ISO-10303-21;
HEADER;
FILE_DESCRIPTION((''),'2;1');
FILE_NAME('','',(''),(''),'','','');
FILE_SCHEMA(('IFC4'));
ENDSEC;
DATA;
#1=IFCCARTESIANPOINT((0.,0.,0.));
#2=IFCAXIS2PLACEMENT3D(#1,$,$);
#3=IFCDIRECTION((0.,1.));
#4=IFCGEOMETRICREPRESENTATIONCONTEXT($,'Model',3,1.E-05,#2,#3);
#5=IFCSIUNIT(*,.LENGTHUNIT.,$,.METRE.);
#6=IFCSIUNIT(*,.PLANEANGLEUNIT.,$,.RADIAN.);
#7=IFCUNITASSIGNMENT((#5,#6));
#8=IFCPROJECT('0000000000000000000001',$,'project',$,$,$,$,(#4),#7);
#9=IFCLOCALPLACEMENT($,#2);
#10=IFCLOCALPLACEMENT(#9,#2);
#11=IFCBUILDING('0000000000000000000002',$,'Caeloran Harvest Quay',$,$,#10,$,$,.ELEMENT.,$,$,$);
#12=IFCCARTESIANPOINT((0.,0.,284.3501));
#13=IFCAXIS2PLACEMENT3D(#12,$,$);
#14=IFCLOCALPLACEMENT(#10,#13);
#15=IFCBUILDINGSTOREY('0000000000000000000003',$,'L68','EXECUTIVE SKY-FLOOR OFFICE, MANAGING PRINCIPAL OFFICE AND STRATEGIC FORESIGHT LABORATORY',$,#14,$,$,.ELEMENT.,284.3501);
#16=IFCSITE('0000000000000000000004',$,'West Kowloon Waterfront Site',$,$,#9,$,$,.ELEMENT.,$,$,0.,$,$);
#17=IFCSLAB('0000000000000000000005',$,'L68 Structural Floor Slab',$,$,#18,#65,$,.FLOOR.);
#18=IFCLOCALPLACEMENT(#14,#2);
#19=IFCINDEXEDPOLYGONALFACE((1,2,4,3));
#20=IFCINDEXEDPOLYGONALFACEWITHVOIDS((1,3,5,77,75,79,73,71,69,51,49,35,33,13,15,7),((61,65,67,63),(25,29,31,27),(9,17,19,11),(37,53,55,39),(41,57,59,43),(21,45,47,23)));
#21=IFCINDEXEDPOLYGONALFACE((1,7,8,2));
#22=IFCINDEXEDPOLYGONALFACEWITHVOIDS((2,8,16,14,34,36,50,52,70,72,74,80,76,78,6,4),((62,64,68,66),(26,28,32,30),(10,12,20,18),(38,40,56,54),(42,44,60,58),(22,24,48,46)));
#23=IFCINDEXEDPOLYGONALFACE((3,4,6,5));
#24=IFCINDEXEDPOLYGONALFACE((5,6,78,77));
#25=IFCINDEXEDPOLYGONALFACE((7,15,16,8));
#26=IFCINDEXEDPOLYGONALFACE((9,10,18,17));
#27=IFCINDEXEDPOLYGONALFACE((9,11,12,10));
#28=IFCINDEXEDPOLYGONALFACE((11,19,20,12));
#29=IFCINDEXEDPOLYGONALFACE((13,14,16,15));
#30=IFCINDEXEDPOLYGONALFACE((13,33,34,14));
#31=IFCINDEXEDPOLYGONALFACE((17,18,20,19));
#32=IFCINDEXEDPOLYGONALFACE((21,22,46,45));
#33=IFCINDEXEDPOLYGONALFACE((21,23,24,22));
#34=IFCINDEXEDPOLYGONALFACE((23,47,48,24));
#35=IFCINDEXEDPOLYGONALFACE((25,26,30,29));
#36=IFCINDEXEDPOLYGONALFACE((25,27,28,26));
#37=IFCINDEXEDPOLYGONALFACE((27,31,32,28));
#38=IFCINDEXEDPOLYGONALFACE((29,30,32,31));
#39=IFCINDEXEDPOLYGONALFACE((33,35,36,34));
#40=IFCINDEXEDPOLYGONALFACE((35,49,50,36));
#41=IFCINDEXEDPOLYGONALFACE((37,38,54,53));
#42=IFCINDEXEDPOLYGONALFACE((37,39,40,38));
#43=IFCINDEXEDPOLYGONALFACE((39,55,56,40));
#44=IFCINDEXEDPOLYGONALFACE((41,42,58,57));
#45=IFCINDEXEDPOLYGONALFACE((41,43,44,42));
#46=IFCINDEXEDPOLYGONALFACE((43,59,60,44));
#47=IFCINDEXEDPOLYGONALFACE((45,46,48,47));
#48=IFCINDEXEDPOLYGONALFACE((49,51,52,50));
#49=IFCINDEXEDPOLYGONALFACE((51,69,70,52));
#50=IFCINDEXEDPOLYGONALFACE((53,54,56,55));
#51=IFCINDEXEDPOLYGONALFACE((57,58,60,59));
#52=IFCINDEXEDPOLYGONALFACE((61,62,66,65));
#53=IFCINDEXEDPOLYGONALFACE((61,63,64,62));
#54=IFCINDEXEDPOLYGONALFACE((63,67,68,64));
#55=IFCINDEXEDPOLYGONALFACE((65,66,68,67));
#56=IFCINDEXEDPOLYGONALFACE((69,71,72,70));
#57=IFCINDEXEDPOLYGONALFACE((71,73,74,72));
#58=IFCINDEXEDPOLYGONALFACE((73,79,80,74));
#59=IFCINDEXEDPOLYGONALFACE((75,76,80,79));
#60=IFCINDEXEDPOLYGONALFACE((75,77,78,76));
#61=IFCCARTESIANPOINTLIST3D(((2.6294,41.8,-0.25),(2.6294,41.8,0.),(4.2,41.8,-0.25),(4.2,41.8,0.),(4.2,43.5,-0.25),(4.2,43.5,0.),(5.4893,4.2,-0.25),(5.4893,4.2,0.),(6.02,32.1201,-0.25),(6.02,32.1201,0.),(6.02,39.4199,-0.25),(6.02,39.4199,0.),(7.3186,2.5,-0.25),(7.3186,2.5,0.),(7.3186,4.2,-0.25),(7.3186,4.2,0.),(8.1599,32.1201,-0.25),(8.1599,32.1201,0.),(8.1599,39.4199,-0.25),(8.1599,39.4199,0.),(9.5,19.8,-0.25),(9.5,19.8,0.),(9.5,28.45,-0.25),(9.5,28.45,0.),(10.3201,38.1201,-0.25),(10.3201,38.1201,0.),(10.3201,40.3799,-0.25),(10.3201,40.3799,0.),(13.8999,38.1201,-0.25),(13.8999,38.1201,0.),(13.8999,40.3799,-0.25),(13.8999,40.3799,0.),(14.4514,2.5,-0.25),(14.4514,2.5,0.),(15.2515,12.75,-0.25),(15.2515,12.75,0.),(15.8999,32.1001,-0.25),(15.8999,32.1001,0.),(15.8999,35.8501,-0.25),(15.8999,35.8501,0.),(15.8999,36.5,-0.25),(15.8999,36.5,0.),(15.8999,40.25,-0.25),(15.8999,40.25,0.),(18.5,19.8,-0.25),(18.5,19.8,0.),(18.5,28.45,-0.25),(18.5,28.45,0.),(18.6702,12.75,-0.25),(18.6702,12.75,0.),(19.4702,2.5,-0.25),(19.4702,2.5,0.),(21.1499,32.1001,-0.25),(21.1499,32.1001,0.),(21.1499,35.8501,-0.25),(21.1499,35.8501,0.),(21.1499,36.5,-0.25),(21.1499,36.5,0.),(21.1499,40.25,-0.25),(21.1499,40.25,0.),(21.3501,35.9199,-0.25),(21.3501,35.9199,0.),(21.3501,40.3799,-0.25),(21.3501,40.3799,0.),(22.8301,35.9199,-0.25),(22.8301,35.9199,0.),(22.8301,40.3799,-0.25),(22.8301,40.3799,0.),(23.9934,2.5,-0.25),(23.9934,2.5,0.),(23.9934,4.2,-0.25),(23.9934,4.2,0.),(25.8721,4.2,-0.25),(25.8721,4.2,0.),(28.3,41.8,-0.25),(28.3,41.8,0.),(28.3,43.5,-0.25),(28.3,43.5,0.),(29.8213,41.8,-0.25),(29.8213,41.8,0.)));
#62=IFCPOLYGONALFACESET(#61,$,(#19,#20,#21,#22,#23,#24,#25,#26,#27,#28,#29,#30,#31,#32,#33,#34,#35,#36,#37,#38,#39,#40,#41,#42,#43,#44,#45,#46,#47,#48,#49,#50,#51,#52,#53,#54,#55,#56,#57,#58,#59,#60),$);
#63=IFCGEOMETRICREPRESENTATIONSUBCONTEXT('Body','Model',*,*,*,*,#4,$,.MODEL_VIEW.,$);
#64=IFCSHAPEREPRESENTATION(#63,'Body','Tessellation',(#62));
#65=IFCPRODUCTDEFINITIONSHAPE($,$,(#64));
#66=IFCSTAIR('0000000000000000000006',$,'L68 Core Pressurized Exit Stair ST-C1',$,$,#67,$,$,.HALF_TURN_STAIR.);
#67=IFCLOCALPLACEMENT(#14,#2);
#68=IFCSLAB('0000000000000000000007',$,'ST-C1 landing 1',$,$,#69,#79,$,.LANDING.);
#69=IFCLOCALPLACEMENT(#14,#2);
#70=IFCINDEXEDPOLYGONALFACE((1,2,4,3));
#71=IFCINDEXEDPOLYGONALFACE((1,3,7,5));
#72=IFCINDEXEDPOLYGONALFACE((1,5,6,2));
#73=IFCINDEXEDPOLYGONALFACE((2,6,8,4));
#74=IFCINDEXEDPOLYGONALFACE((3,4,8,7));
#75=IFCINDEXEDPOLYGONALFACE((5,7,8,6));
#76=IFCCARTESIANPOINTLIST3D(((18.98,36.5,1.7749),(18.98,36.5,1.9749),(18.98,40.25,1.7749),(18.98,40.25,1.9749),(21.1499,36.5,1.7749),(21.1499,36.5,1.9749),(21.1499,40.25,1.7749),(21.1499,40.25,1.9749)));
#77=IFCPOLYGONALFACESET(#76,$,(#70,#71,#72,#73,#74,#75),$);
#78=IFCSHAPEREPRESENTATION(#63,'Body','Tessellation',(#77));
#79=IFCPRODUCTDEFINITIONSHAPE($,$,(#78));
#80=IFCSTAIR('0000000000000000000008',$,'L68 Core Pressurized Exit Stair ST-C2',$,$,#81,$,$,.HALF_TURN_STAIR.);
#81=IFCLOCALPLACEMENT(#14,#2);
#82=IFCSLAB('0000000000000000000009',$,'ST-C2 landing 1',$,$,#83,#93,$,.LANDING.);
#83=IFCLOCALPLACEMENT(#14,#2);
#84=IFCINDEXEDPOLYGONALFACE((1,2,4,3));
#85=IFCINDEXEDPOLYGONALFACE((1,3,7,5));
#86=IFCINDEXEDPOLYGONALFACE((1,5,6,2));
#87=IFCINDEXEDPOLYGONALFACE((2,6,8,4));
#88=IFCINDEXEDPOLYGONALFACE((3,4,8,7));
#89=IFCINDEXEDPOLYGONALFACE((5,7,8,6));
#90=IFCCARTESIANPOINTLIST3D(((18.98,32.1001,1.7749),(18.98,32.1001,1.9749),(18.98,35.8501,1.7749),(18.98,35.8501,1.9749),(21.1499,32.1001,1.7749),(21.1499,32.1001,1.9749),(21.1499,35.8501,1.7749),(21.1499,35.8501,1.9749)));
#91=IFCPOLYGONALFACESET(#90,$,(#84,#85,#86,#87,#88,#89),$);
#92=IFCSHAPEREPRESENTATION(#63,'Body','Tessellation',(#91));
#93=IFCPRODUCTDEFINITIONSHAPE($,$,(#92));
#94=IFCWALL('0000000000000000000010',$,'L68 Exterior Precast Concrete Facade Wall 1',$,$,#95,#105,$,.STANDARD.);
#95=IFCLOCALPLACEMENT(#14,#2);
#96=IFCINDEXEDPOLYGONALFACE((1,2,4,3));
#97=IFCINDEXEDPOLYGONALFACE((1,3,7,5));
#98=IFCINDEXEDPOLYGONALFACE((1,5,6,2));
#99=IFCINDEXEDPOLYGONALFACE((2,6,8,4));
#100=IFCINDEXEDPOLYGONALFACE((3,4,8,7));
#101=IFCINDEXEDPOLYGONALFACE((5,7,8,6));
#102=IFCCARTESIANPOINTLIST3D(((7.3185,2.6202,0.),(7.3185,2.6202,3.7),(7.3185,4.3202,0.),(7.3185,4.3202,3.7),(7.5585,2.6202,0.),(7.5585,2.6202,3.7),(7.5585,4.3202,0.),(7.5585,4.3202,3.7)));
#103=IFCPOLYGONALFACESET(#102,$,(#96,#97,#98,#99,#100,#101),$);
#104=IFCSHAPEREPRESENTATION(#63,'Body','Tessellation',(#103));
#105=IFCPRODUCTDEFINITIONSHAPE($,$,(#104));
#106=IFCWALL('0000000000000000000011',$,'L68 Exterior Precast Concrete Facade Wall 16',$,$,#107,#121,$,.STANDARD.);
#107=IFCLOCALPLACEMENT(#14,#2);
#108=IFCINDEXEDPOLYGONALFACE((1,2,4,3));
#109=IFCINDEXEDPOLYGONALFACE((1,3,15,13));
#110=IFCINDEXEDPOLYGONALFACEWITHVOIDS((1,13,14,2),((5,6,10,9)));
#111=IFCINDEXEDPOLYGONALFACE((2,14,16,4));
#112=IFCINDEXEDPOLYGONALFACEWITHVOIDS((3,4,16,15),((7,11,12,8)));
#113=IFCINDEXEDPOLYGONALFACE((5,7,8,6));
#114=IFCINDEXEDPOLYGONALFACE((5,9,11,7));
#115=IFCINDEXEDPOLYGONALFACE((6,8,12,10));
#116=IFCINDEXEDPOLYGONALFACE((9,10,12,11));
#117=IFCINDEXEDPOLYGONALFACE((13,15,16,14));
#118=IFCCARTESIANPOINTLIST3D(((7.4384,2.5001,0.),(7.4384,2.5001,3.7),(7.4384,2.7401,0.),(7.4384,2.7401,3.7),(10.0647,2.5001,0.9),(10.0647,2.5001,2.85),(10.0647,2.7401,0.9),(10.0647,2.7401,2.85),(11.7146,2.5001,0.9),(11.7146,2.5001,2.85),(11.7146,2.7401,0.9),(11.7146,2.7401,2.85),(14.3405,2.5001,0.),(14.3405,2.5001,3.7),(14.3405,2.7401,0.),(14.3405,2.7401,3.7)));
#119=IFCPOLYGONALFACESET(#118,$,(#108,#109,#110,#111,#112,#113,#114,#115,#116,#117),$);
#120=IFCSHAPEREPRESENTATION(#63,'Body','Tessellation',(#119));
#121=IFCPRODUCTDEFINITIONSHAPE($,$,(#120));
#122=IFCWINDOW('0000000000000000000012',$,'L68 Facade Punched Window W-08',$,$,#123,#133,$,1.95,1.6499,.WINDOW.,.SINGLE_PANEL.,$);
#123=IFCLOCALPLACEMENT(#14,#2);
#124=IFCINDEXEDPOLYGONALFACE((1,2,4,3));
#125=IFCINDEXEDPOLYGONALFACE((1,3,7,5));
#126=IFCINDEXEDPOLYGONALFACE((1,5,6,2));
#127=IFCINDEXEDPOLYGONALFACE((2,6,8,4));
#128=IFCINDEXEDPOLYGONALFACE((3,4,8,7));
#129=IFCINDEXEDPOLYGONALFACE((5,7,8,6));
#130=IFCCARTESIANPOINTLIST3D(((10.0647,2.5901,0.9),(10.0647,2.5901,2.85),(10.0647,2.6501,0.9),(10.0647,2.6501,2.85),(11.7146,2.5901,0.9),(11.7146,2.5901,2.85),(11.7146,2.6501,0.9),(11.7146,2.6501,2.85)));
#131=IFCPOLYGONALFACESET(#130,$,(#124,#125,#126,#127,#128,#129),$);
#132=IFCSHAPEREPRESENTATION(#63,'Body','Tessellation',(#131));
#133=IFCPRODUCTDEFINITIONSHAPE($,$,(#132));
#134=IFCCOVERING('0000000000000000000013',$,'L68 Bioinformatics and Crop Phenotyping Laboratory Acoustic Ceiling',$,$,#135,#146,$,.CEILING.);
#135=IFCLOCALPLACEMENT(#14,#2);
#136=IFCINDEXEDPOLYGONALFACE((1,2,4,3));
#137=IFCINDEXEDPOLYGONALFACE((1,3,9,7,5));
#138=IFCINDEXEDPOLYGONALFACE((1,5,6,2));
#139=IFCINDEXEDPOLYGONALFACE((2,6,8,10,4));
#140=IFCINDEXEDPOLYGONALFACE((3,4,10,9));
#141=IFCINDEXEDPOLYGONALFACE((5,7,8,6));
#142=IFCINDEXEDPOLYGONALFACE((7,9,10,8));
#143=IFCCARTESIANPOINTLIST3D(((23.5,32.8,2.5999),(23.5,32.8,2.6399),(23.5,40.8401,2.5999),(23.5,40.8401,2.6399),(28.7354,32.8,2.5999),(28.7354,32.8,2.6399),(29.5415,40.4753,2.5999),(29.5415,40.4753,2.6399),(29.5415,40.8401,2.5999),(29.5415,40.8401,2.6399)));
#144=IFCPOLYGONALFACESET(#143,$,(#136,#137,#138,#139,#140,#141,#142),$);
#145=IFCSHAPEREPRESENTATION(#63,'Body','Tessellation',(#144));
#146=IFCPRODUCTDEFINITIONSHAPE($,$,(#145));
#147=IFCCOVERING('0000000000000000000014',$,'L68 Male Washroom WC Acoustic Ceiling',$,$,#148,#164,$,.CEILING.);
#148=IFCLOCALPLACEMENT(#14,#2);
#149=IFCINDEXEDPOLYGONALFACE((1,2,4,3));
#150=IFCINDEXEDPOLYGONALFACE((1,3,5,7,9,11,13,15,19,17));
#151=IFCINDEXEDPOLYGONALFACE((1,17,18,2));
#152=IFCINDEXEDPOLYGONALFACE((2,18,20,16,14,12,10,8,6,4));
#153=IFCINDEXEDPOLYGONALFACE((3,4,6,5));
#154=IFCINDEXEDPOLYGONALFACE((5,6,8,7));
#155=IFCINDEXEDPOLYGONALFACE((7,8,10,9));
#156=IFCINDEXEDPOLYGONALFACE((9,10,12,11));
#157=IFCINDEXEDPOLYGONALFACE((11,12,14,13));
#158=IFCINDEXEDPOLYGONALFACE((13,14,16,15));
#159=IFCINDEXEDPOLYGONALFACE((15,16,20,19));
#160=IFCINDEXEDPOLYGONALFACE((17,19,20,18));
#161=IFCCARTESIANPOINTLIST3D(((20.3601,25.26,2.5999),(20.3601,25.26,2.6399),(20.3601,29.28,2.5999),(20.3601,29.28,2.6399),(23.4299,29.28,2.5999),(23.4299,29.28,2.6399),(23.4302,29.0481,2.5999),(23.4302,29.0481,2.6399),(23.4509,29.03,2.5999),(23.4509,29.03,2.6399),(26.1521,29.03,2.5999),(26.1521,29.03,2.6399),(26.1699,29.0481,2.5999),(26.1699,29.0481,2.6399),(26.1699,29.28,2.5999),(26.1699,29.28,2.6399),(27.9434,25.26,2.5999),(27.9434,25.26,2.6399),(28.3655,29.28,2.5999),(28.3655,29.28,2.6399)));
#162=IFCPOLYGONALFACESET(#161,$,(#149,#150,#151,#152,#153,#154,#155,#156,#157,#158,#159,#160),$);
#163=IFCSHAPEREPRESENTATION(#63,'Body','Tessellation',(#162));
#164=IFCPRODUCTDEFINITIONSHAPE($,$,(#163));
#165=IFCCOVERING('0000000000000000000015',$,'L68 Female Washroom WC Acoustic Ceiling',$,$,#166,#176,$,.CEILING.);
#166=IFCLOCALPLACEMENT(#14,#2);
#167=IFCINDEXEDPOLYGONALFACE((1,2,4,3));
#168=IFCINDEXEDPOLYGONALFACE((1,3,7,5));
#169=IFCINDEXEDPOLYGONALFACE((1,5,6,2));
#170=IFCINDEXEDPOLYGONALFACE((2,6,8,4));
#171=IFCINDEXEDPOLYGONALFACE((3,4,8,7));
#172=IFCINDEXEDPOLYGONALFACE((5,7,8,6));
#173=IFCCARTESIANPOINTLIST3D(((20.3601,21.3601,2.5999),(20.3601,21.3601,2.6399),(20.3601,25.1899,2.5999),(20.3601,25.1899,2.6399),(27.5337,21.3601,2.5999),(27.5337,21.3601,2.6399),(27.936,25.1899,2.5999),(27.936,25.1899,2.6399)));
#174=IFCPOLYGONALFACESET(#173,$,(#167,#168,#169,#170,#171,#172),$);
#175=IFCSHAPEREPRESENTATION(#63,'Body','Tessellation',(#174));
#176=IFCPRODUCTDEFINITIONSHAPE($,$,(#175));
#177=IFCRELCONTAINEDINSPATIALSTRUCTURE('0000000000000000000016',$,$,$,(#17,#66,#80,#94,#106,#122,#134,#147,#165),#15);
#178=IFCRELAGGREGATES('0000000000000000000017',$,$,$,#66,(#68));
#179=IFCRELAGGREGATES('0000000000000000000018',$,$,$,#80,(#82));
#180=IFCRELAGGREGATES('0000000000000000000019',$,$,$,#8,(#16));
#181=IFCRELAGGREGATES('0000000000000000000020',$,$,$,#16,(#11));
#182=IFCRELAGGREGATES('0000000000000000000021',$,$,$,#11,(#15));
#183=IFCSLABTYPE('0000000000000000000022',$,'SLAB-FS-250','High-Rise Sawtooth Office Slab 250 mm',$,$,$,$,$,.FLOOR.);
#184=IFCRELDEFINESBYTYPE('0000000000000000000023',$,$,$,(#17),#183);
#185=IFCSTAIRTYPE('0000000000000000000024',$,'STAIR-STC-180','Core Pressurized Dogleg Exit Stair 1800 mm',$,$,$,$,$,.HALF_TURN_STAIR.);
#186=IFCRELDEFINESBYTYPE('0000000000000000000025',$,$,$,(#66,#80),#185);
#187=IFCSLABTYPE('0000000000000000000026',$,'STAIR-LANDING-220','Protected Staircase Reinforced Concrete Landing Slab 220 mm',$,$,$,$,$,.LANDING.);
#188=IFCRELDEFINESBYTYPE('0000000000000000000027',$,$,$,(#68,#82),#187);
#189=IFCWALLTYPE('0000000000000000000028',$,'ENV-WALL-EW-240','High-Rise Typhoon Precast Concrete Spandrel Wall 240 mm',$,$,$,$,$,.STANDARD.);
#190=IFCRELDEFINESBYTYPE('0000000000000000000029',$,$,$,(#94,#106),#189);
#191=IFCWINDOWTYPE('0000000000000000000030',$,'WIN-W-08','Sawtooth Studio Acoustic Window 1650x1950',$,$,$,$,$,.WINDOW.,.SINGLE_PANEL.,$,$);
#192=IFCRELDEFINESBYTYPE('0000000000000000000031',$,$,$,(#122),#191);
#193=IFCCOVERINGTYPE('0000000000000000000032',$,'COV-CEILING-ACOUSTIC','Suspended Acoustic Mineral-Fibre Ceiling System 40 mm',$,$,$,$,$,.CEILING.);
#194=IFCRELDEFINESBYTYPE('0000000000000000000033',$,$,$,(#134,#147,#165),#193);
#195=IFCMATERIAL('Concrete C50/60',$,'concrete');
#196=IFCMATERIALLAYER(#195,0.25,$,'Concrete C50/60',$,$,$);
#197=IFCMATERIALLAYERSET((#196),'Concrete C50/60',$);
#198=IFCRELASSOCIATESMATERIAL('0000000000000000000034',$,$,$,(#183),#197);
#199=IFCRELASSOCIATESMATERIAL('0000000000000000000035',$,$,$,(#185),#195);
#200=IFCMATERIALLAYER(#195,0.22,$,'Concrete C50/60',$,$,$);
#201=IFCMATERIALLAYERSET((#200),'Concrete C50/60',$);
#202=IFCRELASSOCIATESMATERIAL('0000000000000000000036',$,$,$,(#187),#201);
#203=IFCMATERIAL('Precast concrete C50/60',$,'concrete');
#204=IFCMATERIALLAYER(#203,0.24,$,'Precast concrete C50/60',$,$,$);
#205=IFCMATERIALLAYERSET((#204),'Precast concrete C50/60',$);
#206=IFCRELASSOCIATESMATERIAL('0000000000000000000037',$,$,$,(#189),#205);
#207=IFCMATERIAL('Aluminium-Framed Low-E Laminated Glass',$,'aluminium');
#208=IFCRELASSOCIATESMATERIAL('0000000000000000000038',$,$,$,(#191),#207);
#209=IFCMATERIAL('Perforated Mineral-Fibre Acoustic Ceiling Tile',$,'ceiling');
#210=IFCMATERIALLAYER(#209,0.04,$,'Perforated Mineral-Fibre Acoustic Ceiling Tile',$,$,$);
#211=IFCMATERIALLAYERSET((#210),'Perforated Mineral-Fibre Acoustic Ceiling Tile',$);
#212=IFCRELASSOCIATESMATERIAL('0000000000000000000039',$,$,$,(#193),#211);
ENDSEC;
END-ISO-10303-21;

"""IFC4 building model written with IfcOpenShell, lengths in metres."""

from ifc_helpers import new_model, si_unit, direction, frame, frame_2d, origin, place, context, subcontext, project, spatial, polyline, rectangle, outline, extrude, material, layer, layer_set, type_object, element, fill, aggregate, save


model = new_model("IFC4")

# Units and contexts
model_context = context("Model", 3, precision=1e-05, world=origin(), true_north=direction((0.0, 1.0)))
body_context = subcontext(model_context, "Body", "Model", "MODEL_VIEW")
ifc_project = project(units=[si_unit("LENGTHUNIT", "METRE"), si_unit("PLANEANGLEUNIT", "RADIAN")], contexts=[model_context])

# Site, building, storey
site_placement = place(None, origin())
site = spatial("IfcSite", under=ifc_project, at=site_placement, Name="West Kowloon Waterfront Site", CompositionType="ELEMENT", RefElevation=0.0)
building_placement = place(site_placement, origin())
building = spatial("IfcBuilding", under=site, at=building_placement, Name="Caeloran Harvest Quay", CompositionType="ELEMENT")
storey_placement = place(building_placement, frame((0.0, 0.0, 284.3501)))
storey = spatial("IfcBuildingStorey", under=building, at=storey_placement, Name="L68", Description="EXECUTIVE SKY-FLOOR OFFICE, MANAGING PRINCIPAL OFFICE AND STRATEGIC FORESIGHT LABORATORY", CompositionType="ELEMENT", Elevation=284.3501)

# Slab
ifc_material_1 = material(Name="Concrete C50/60", Category="concrete")
ifc_layer_1 = layer(ifc_material_1, 0.25, Name="Concrete C50/60")
ifc_layer_set_1 = layer_set([ifc_layer_1], Name="Concrete C50/60")
slab_type_1 = type_object("IfcSlabType", Name="SLAB-FS-250", Description="High-Rise Sawtooth Office Slab 250 mm", PredefinedType="FLOOR", material=ifc_layer_set_1)
slab_1_placement = place(storey_placement, frame((0.0, 0.0, -0.25)))
element("IfcSlab", 1, at=slab_1_placement, inside=storey, type_object=slab_type_1, Name="L68 Structural Floor Slab", PredefinedType="FLOOR", context=body_context, shape_type="SweptSolid", body=[
    extrude(outline(polyline([(7.3186, 2.5), (14.4514, 2.5), (15.2515, 12.75), (18.6702, 12.75), (19.4702, 2.5), (23.9934, 2.5), (23.9934, 4.2), (25.8721, 4.2), (29.8213, 41.8), (28.3, 41.8), (28.3, 43.5), (4.2, 43.5), (4.2, 41.8), (2.6294, 41.8), (5.4893, 4.2), (7.3186, 4.2), (7.3186, 2.5)]), holes=[polyline([(18.5, 28.45), (18.5, 19.8), (9.5, 19.8), (9.5, 28.45), (18.5, 28.45)]), polyline([(15.8999, 32.1001), (15.8999, 35.8501), (21.1499, 35.8501), (21.1499, 32.1001), (15.8999, 32.1001)]), polyline([(8.1599, 32.1201), (6.02, 32.1201), (6.02, 39.4199), (8.1599, 39.4199), (8.1599, 32.1201)]), polyline([(22.8301, 40.3799), (22.8301, 35.9199), (21.3501, 35.9199), (21.3501, 40.3799), (22.8301, 40.3799)]), polyline([(15.8999, 36.5), (15.8999, 40.25), (21.1499, 40.25), (21.1499, 36.5), (15.8999, 36.5)]), polyline([(13.8999, 38.1201), (10.3201, 38.1201), (10.3201, 40.3799), (13.8999, 40.3799), (13.8999, 38.1201)])]), origin(), (0.0, 0.0, 1.0), 0.25),
])

# Stairs, slabs
stair_type = type_object("IfcStairType", Name="STAIR-STC-180", Description="Core Pressurized Dogleg Exit Stair 1800 mm", PredefinedType="HALF_TURN_STAIR", material=ifc_material_1)
stair_1_placement = place(storey_placement, origin())
stair_1 = element("IfcStair", 2, at=stair_1_placement, inside=storey, type_object=stair_type, Name="L68 Core Pressurized Exit Stair ST-C1", PredefinedType="HALF_TURN_STAIR")
ifc_layer_2 = layer(ifc_material_1, 0.22, Name="Concrete C50/60")
ifc_layer_set_2 = layer_set([ifc_layer_2], Name="Concrete C50/60")
slab_type_2 = type_object("IfcSlabType", Name="STAIR-LANDING-220", Description="Protected Staircase Reinforced Concrete Landing Slab 220 mm", PredefinedType="LANDING", material=ifc_layer_set_2)
slab_2_placement = place(storey_placement, frame((0.0, 0.0, 1.7749)))
slab_2 = element("IfcSlab", 3, at=slab_2_placement, type_object=slab_type_2, Name="ST-C1 landing 1", PredefinedType="LANDING", context=body_context, shape_type="SweptSolid", body=[
    extrude(outline(polyline([(18.98, 36.5), (21.1499, 36.5), (21.1499, 40.25), (18.98, 40.25), (18.98, 36.5)])), origin(), (0.0, 0.0, 1.0), 0.2),
])
aggregate(stair_1, [slab_2])
stair_2_placement = place(storey_placement, origin())
stair_2 = element("IfcStair", 4, at=stair_2_placement, inside=storey, type_object=stair_type, Name="L68 Core Pressurized Exit Stair ST-C2", PredefinedType="HALF_TURN_STAIR")
slab_3_placement = place(storey_placement, frame((0.0, 0.0, 1.7749)))
slab_3 = element("IfcSlab", 5, at=slab_3_placement, type_object=slab_type_2, Name="ST-C2 landing 1", PredefinedType="LANDING", context=body_context, shape_type="SweptSolid", body=[
    extrude(outline(polyline([(18.98, 32.1001), (21.1499, 32.1001), (21.1499, 35.8501), (18.98, 35.8501), (18.98, 32.1001)])), origin(), (0.0, 0.0, 1.0), 0.2),
])
aggregate(stair_2, [slab_3])

# Wall
ifc_material_2 = material(Name="Precast concrete C50/60", Category="concrete")
ifc_layer_3 = layer(ifc_material_2, 0.24, Name="Precast concrete C50/60")
ifc_layer_set_3 = layer_set([ifc_layer_3], Name="Precast concrete C50/60")
wall_type = type_object("IfcWallType", Name="ENV-WALL-EW-240", Description="High-Rise Typhoon Precast Concrete Spandrel Wall 240 mm", PredefinedType="STANDARD", material=ifc_layer_set_3)
wall_1_placement = place(storey_placement, frame((7.4385, 2.6201, 0.0), z_axis=(0.0, 0.0, 1.0), x_axis=(0.0, 1.0, 0.0)))
element("IfcWall", 6, at=wall_1_placement, inside=storey, type_object=wall_type, Name="L68 Exterior Precast Concrete Facade Wall 1", PredefinedType="STANDARD", context=body_context, shape_type="SweptSolid", body=[
    extrude(rectangle(XDim=1.7, YDim=0.24, at=frame_2d((0.8501, 0.0))), origin(), (0.0, 0.0, 1.0), 3.7),
])

# Wall, opening, window
wall_2_placement = place(storey_placement, frame((14.3406, 2.6201, 0.0), z_axis=(0.0, 0.0, 1.0), x_axis=(-1.0, 0.0, 0.0)))
wall_2 = element("IfcWall", 7, at=wall_2_placement, inside=storey, type_object=wall_type, Name="L68 Exterior Precast Concrete Facade Wall 16", PredefinedType="STANDARD", context=body_context, shape_type="SweptSolid", body=[
    extrude(rectangle(XDim=6.9021, YDim=0.24, at=frame_2d((3.4512, 0.0))), origin(), (0.0, 0.0, 1.0), 3.7),
])
opening_placement = place(wall_2_placement, frame((2.626, 0.0, 0.8999)))
opening = element("IfcOpeningElement", 8, at=opening_placement, cuts=wall_2, PredefinedType="OPENING", context=body_context, shape_type="SweptSolid", body=[
    extrude(rectangle(XDim=1.6499, YDim=1.95, at=frame_2d((0.825, 0.9751))), frame((0.0, 0.1299, 0.0), z_axis=(0.0, -1.0, 0.0), x_axis=(1.0, 0.0, 0.0)), (0.0, 0.0, 1.0), 0.26),
])
ifc_material_3 = material(Name="Aluminium-Framed Low-E Laminated Glass", Category="aluminium")
window_type = type_object("IfcWindowType", Name="WIN-W-08", Description="Sawtooth Studio Acoustic Window 1650x1950", PartitioningType="SINGLE_PANEL", PredefinedType="WINDOW", material=ifc_material_3)
window_placement = place(opening_placement, origin())
window = element("IfcWindow", 9, at=window_placement, inside=storey, type_object=window_type, Name="L68 Facade Punched Window W-08", OverallHeight=1.95, OverallWidth=1.6499, PartitioningType="SINGLE_PANEL", PredefinedType="WINDOW", context=body_context, shape_type="SweptSolid", body=[
    extrude(rectangle(XDim=1.6499, YDim=1.95, at=frame_2d((0.825, 0.9751))), frame((0.0, 0.03, 0.0), z_axis=(0.0, -1.0, 0.0), x_axis=(1.0, 0.0, 0.0)), (0.0, 0.0, 1.0), 0.0601),
])
fill(opening, window)

# Coverings
ifc_material_4 = material(Name="Perforated Mineral-Fibre Acoustic Ceiling Tile", Category="ceiling")
ifc_layer_4 = layer(ifc_material_4, 0.04, Name="Perforated Mineral-Fibre Acoustic Ceiling Tile")
ifc_layer_set_4 = layer_set([ifc_layer_4], Name="Perforated Mineral-Fibre Acoustic Ceiling Tile")
covering_type_1 = type_object("IfcCoveringType", Name="COV-CEILING-ACOUSTIC", Description="Suspended Acoustic Mineral-Fibre Ceiling System 40 mm", PredefinedType="CEILING", material=ifc_layer_set_4)
covering_1_placement = place(storey_placement, frame((0.0, 0.0, 2.5999)))
element("IfcCovering", 10, at=covering_1_placement, inside=storey, type_object=covering_type_1, Name="L68 Bioinformatics and Crop Phenotyping Laboratory Acoustic Ceiling", PredefinedType="CEILING", context=body_context, shape_type="SweptSolid", body=[
    extrude(outline(polyline([(29.5415, 40.4753), (28.7354, 32.8), (23.5, 32.8), (23.5, 40.8401), (29.5415, 40.8401), (29.5415, 40.4753)])), origin(), (0.0, 0.0, 1.0), 0.04),
])
covering_2_placement = place(storey_placement, frame((0.0, 0.0, 2.5999)))
element("IfcCovering", 11, at=covering_2_placement, inside=storey, type_object=covering_type_1, Name="L68 Male Washroom WC Acoustic Ceiling", PredefinedType="CEILING", context=body_context, shape_type="SweptSolid", body=[
    extrude(outline(polyline([(23.4299, 29.28), (23.4302, 29.0481), (23.4509, 29.03), (26.1521, 29.03), (26.1699, 29.0481), (26.1699, 29.28), (28.3655, 29.28), (27.9434, 25.26), (20.3601, 25.26), (20.3601, 29.28), (23.4299, 29.28)])), origin(), (0.0, 0.0, 1.0), 0.04),
])
covering_3_placement = place(storey_placement, frame((0.0, 0.0, 2.5999)))
element("IfcCovering", 12, at=covering_3_placement, inside=storey, type_object=covering_type_1, Name="L68 Female Washroom WC Acoustic Ceiling", PredefinedType="CEILING", context=body_context, shape_type="SweptSolid", body=[
    extrude(outline(polyline([(27.936, 25.1899), (27.5337, 21.3601), (20.3601, 21.3601), (20.3601, 25.1899), (27.936, 25.1899)])), origin(), (0.0, 0.0, 1.0), 0.04),
])

save(model, "model.ifc")
